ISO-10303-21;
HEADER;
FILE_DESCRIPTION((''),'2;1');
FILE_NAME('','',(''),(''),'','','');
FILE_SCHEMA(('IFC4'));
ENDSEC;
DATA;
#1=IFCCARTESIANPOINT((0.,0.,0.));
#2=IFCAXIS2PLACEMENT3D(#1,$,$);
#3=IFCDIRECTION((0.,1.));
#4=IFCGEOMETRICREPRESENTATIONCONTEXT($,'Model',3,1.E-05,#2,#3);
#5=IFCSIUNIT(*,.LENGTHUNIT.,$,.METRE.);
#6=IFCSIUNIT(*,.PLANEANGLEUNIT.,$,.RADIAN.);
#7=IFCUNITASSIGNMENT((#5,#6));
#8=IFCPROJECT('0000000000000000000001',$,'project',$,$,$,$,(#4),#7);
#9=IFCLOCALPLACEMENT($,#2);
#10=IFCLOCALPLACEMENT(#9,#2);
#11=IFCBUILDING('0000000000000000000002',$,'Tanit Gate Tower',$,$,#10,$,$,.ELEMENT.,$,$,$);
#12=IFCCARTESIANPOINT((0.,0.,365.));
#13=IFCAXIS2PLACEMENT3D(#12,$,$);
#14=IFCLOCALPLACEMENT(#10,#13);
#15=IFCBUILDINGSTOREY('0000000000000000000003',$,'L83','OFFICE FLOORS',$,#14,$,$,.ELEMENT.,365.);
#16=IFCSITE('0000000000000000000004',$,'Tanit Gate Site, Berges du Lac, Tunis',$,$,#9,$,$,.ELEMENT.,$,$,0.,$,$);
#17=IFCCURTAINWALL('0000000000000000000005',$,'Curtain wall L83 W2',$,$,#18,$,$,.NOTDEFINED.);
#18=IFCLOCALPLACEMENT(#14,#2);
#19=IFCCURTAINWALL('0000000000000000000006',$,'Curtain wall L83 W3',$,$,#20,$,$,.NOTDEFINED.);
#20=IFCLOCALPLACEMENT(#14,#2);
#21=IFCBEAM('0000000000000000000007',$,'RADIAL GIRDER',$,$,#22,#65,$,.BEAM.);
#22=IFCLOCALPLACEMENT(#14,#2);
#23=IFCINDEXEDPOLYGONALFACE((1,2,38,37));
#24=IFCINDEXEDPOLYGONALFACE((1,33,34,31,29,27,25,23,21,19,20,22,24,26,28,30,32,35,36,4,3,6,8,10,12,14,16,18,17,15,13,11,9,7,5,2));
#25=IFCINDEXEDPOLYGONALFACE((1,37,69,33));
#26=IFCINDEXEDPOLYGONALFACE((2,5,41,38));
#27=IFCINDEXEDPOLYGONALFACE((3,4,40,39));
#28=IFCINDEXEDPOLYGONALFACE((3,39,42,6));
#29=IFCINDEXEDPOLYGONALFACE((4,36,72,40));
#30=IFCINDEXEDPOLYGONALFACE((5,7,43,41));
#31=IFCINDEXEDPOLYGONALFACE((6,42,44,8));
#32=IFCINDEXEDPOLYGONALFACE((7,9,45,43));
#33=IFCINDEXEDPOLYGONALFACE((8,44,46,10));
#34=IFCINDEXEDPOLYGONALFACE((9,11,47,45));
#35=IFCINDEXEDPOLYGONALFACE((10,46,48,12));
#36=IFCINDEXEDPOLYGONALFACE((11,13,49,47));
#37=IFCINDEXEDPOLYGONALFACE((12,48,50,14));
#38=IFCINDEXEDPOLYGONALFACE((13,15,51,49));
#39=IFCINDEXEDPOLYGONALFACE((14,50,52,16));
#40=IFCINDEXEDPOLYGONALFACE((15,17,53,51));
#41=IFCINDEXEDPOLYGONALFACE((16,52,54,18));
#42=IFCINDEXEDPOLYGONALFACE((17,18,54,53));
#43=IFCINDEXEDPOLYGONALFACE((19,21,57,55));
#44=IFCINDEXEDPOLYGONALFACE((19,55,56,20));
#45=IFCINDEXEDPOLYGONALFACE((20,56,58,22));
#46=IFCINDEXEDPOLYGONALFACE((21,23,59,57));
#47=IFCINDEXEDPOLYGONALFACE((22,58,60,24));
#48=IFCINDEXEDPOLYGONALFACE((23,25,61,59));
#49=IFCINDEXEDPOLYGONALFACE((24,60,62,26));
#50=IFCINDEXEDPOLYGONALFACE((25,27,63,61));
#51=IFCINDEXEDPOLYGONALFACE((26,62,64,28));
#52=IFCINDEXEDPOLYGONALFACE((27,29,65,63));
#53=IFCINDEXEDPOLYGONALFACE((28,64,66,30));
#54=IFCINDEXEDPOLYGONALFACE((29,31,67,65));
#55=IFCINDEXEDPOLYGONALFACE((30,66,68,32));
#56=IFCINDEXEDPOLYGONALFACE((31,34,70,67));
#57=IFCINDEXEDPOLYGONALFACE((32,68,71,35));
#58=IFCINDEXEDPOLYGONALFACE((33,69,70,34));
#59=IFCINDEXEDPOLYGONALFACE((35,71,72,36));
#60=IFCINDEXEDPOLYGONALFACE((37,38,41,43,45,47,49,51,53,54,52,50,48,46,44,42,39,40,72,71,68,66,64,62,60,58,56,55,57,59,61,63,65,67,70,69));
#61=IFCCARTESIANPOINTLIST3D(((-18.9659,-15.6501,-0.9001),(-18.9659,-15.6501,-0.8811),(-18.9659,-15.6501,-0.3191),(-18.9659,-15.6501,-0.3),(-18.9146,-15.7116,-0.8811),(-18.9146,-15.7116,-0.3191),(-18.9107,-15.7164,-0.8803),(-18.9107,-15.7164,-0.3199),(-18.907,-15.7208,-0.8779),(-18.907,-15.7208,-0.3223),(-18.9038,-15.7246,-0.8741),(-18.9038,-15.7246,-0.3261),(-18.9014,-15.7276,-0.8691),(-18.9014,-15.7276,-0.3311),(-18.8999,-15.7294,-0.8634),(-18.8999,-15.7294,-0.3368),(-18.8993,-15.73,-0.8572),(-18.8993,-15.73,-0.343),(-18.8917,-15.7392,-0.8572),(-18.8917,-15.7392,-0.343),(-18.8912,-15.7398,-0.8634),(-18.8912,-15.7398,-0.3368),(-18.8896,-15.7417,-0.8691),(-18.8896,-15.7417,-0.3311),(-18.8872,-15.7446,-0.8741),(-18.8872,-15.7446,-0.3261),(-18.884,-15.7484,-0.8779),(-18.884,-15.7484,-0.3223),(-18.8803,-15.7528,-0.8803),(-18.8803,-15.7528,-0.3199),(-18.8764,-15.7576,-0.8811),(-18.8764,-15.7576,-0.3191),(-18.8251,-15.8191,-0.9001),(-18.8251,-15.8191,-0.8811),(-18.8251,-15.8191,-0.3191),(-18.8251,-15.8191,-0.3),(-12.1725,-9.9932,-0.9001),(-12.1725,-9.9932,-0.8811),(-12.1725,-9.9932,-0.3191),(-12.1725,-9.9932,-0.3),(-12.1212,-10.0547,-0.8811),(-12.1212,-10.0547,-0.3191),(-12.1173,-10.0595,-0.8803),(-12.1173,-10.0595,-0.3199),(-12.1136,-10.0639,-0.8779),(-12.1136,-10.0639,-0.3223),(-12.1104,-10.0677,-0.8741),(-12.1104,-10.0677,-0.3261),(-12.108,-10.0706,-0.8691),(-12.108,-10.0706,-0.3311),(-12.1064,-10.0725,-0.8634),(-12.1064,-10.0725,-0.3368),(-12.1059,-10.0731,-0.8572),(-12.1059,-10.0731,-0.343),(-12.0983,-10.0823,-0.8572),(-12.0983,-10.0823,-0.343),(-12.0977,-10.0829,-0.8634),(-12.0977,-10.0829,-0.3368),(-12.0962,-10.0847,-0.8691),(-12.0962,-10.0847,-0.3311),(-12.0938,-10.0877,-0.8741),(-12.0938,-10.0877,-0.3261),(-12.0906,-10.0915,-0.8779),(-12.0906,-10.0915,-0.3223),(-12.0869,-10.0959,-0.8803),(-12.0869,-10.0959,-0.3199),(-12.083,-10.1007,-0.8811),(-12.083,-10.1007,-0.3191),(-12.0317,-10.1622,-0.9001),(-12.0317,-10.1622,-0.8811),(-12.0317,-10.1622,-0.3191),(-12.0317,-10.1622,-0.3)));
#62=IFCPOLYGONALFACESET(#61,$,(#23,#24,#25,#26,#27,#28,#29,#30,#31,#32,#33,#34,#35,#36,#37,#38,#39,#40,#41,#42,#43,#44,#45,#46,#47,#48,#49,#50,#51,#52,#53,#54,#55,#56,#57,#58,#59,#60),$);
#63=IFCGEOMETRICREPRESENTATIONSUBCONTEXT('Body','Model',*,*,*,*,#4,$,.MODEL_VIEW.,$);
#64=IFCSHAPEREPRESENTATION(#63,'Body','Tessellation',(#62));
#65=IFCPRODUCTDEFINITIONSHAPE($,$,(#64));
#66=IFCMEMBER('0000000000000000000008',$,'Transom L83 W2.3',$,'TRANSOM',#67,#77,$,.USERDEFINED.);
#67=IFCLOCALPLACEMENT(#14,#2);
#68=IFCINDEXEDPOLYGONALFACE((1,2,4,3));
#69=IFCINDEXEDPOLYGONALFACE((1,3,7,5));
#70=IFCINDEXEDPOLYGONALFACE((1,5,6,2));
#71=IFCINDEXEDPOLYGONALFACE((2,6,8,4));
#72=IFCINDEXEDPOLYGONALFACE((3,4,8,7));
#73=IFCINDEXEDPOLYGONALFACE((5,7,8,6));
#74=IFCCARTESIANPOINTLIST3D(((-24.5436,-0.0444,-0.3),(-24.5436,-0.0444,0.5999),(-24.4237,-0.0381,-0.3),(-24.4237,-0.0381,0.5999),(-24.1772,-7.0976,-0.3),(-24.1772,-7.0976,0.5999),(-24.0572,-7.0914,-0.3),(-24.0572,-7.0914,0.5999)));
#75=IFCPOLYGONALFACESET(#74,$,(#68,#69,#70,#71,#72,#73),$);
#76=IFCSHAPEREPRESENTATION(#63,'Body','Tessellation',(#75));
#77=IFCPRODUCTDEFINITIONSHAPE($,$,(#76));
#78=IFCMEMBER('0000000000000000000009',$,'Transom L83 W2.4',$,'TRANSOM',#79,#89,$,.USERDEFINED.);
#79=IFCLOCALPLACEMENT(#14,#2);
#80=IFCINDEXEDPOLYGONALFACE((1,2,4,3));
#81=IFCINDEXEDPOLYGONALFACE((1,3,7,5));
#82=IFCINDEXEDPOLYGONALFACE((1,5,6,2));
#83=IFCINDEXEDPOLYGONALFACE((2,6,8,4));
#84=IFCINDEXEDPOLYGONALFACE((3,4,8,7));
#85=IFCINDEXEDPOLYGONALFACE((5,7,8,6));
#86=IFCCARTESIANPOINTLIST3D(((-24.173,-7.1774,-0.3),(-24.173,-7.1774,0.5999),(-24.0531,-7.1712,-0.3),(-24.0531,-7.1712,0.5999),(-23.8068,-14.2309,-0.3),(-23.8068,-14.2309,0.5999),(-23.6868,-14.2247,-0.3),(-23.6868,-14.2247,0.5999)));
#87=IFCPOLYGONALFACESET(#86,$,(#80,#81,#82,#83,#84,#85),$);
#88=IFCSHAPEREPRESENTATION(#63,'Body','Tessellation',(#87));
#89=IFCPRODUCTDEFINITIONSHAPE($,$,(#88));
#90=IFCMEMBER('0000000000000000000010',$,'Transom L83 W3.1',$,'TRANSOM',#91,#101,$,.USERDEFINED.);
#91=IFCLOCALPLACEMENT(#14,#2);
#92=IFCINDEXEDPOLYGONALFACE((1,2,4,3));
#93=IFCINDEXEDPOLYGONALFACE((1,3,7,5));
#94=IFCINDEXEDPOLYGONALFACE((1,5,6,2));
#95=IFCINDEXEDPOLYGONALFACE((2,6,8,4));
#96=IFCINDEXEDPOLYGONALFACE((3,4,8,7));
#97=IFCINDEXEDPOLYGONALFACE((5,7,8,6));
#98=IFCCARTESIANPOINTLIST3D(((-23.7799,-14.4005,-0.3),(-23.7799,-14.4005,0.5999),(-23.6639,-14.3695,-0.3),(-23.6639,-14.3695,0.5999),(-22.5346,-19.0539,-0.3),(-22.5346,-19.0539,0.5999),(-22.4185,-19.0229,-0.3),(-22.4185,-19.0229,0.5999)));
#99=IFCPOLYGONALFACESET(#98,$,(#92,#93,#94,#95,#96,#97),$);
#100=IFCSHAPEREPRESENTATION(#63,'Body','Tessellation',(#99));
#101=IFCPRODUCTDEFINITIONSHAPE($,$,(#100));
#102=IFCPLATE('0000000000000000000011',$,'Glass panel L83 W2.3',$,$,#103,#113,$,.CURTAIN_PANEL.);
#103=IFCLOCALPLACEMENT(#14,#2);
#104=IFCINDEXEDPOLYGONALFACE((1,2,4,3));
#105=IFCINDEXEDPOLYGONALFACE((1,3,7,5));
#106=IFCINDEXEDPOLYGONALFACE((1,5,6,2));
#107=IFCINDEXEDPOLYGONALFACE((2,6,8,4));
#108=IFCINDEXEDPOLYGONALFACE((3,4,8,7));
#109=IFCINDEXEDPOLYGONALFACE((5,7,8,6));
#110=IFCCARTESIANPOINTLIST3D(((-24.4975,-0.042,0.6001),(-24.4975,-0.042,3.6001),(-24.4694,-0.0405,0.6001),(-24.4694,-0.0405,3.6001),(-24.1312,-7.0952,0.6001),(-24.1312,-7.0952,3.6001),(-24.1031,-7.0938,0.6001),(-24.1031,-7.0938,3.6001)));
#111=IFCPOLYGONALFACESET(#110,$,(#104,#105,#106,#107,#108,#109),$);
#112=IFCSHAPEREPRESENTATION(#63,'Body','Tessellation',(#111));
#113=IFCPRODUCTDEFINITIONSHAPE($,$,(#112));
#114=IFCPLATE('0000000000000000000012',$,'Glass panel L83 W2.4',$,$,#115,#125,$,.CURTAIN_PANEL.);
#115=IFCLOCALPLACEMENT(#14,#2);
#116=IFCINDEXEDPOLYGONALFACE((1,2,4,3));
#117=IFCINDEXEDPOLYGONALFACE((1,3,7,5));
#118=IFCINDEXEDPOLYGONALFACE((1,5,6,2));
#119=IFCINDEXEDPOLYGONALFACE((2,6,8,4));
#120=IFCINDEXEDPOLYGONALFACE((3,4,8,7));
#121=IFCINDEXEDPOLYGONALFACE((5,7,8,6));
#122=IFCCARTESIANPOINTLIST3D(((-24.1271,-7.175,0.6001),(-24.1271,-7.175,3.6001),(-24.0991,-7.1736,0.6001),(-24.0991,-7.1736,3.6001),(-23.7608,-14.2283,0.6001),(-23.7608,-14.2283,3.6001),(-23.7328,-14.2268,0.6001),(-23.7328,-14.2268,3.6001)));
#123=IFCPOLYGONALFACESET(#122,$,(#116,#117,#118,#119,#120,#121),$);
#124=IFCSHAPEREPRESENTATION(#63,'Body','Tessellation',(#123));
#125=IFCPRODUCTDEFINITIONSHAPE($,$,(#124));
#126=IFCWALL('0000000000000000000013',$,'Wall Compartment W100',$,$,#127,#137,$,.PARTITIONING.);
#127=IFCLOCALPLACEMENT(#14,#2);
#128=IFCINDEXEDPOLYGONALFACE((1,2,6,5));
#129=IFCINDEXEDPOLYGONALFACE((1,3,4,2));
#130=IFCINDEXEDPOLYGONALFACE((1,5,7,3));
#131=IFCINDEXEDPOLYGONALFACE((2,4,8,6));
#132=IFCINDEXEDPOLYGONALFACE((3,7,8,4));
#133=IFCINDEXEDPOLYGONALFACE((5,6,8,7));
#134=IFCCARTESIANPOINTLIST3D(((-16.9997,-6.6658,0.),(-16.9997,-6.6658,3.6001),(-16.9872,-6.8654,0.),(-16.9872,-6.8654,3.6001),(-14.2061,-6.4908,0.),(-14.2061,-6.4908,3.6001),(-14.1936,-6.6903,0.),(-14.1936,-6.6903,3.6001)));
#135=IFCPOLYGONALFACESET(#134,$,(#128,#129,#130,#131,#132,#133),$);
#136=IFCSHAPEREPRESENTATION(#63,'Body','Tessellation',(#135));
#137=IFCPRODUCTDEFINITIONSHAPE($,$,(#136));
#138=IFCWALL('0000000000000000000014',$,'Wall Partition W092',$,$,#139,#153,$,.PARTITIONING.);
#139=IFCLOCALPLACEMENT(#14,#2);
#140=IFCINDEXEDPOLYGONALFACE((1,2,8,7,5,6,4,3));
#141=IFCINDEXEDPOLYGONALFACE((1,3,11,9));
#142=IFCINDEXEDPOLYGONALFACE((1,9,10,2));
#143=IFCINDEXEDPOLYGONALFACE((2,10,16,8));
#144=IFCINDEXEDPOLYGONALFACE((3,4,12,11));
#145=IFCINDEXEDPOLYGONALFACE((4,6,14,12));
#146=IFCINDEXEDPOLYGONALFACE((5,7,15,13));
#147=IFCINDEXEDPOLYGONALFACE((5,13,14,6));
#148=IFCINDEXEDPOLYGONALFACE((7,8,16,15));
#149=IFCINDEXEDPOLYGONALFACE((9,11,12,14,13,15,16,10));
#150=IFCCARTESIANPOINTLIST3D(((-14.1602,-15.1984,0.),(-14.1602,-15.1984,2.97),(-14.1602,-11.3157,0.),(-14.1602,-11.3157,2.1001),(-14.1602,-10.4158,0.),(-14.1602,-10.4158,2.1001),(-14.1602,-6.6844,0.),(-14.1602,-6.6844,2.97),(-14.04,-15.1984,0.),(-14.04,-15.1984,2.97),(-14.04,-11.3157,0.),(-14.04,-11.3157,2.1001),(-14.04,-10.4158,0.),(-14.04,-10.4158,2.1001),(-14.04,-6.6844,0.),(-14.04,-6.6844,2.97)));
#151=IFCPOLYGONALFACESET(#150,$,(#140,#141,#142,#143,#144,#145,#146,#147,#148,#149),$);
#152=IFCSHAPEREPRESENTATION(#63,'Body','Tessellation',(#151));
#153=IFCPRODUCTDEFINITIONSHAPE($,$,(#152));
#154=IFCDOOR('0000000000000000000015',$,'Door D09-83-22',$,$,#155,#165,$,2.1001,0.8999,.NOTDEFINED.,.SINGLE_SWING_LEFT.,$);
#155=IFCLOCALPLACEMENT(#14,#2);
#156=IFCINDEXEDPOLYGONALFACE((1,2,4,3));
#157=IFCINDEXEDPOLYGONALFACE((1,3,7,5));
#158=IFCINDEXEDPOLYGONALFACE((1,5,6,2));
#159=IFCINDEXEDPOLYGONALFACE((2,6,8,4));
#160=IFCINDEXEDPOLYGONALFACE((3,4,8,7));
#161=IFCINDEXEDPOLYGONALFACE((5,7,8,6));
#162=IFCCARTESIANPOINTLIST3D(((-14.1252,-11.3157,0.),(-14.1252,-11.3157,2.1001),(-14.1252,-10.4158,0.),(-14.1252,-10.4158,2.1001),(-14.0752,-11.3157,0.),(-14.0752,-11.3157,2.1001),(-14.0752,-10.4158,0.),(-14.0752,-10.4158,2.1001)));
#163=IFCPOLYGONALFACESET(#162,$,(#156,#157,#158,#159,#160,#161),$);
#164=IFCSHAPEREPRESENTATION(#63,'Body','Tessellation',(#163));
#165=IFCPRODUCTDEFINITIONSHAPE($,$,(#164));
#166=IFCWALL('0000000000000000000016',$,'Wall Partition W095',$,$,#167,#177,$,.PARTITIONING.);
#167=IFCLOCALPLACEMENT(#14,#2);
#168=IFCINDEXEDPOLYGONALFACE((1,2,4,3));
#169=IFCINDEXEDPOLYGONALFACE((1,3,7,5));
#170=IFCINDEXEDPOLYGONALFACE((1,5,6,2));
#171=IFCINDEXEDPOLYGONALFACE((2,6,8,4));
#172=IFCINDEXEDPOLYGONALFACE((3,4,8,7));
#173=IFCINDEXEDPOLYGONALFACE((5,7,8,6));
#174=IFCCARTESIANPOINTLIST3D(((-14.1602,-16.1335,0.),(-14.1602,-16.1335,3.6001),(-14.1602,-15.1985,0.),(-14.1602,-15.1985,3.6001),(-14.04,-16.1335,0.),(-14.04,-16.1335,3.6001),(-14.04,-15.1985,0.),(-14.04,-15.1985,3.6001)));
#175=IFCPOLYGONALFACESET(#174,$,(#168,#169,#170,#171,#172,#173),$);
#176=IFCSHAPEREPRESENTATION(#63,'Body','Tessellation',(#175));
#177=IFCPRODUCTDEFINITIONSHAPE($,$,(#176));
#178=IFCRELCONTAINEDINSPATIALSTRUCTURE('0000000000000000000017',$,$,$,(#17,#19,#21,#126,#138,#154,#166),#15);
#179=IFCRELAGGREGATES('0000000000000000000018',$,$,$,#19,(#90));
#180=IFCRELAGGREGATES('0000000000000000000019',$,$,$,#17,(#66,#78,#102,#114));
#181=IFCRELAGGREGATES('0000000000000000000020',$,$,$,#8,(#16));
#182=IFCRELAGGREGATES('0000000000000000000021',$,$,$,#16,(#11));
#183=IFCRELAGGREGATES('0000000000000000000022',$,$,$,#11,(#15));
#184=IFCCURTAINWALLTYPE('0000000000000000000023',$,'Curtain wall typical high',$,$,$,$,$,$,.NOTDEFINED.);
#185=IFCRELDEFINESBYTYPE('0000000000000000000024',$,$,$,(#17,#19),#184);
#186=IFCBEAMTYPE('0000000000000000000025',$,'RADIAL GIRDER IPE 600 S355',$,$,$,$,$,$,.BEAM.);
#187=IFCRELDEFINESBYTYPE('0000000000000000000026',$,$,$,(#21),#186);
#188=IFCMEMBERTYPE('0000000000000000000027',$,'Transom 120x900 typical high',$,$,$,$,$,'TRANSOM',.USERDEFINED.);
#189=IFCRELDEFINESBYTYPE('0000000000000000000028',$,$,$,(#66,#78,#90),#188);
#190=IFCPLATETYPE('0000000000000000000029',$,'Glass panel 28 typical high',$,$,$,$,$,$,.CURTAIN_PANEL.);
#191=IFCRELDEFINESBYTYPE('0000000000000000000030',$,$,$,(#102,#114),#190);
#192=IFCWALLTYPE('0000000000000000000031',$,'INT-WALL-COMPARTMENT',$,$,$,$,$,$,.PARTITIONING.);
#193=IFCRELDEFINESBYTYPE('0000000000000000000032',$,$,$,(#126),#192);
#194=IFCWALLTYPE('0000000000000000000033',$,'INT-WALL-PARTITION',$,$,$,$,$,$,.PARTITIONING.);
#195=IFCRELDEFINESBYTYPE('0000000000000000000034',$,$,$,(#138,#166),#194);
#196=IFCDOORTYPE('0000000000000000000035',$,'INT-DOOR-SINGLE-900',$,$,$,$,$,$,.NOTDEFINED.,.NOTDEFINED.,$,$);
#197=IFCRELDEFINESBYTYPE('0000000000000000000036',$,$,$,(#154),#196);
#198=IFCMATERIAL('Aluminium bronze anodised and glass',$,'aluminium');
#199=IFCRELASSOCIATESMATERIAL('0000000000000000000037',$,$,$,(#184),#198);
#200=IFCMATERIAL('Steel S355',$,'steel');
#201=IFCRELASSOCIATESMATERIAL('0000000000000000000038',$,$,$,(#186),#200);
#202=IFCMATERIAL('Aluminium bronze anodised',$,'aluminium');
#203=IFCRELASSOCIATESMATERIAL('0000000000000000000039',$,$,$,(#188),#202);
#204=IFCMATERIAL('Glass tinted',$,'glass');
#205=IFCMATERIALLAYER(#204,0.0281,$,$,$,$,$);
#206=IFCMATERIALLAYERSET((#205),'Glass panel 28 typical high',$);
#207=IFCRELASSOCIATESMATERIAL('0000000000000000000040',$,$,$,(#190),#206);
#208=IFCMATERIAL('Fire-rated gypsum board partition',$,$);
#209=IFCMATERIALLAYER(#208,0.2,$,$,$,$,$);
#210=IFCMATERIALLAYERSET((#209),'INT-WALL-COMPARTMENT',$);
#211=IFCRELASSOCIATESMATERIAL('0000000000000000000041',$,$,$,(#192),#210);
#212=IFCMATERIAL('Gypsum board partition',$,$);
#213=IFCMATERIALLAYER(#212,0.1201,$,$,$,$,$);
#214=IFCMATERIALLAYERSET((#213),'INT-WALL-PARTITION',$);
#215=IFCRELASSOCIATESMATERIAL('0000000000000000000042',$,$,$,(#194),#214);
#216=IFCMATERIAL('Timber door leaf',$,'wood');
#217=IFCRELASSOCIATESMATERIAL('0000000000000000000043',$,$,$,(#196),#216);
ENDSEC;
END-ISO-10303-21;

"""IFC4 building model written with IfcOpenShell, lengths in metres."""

from ifc_helpers import new_model, si_unit, direction, frame, frame_2d, origin, origin_2d, place, context, subcontext, project, spatial, rectangle, i_section, extrude, material, layer, layer_set, material_profile, profile_set, type_object, element, fill, aggregate, save


model = new_model("IFC4")

# Units and contexts
model_context = context("Model", 3, precision=1e-05, world=origin(), true_north=direction((0.0, 1.0)))
body_context = subcontext(model_context, "Body", "Model", "MODEL_VIEW")
ifc_project = project(units=[si_unit("LENGTHUNIT", "METRE"), si_unit("PLANEANGLEUNIT", "RADIAN")], contexts=[model_context])

# Site, building, storey
site_placement = place(None, origin())
site = spatial("IfcSite", under=ifc_project, at=site_placement, Name="Tanit Gate Site, Berges du Lac, Tunis", CompositionType="ELEMENT", RefElevation=0.0)
building_placement = place(site_placement, origin())
building = spatial("IfcBuilding", under=site, at=building_placement, Name="Tanit Gate Tower", CompositionType="ELEMENT")
storey_placement = place(building_placement, frame((0.0, 0.0, 365.0)))
storey = spatial("IfcBuildingStorey", under=building, at=storey_placement, Name="L83", Description="OFFICE FLOORS", CompositionType="ELEMENT", Elevation=365.0)

# Curtain wall
ifc_material_1 = material(Name="Aluminium bronze anodised and glass", Category="aluminium")
curtain_wall_type = type_object("IfcCurtainWallType", Name="Curtain wall typical high", PredefinedType="NOTDEFINED", material=ifc_material_1)
curtain_wall_1_placement = place(storey_placement, origin())
curtain_wall_1 = element("IfcCurtainWall", 1, at=curtain_wall_1_placement, inside=storey, type_object=curtain_wall_type, Name="Curtain wall L83 W2", PredefinedType="NOTDEFINED")

# Curtain wall
curtain_wall_2_placement = place(storey_placement, origin())
curtain_wall_2 = element("IfcCurtainWall", 2, at=curtain_wall_2_placement, inside=storey, type_object=curtain_wall_type, Name="Curtain wall L83 W3", PredefinedType="NOTDEFINED")

# Beam
ifc_material_2 = material(Name="Steel S355", Category="steel")
ifc_material_profile_1 = material_profile(ifc_material_2, i_section(OverallWidth=0.22, OverallDepth=0.6001, WebThickness=0.012, FlangeThickness=0.019, FilletRadius=0.0239, at=origin_2d()), Name="IPE 600")
ifc_profile_set_1 = profile_set([ifc_material_profile_1], Name="Steel S355")
beam_type_1 = type_object("IfcBeamType", Name="RADIAL GIRDER IPE 600 S355", PredefinedType="BEAM", material=ifc_profile_set_1)
beam_1_placement = place(storey_placement, frame((-18.8955, -15.7346, -0.6001), z_axis=(0.768457, 0.639902, 0.0), x_axis=(-0.639902, 0.768457, 0.0)))
element("IfcBeam", 3, at=beam_1_placement, inside=storey, type_object=beam_type_1, Name="RADIAL GIRDER", PredefinedType="BEAM", context=body_context, shape_type="SweptSolid", body=[
    extrude(i_section(OverallWidth=0.22, OverallDepth=0.6001, WebThickness=0.012, FlangeThickness=0.019, FilletRadius=0.0239, at=origin_2d()), origin(), (0.0, 0.0, 1.0), 8.8403),
])

# Members
ifc_material_3 = material(Name="Aluminium bronze anodised", Category="aluminium")
ifc_material_profile_2 = material_profile(ifc_material_3, rectangle(XDim=0.1201, YDim=0.8999, at=origin_2d()), Name="120x900 bronze transom")
ifc_profile_set_2 = profile_set([ifc_material_profile_2], Name="Aluminium bronze anodised")
member_type_1 = type_object("IfcMemberType", Name="Transom 120x900 typical high", ElementType="TRANSOM", PredefinedType="USERDEFINED", material=ifc_profile_set_2)
member_1_placement = place(storey_placement, frame((-24.4836, -0.0413, 0.1499), z_axis=(0.051886, -0.998653, 0.0), x_axis=(0.998653, 0.051886, 0.0)))
member_1 = element("IfcMember", 4, at=member_1_placement, type_object=member_type_1, Name="Transom L83 W2.3", ObjectType="TRANSOM", PredefinedType="USERDEFINED", context=body_context, shape_type="SweptSolid", body=[
    extrude(rectangle(XDim=0.1201, YDim=0.8999, at=origin_2d()), origin(), (0.0, 0.0, 1.0), 7.0627),
])
member_2_placement = place(storey_placement, frame((-24.113, -7.1743, 0.1499), z_axis=(0.051849, -0.998655, 0.0), x_axis=(0.998655, 0.051849, 0.0)))
member_2 = element("IfcMember", 5, at=member_2_placement, type_object=member_type_1, Name="Transom L83 W2.4", ObjectType="TRANSOM", PredefinedType="USERDEFINED", context=body_context, shape_type="SweptSolid", body=[
    extrude(rectangle(XDim=0.1201, YDim=0.8999, at=origin_2d()), origin(), (0.0, 0.0, 1.0), 7.063),
])
member_3_placement = place(storey_placement, frame((-23.7219, -14.385, 0.1499), z_axis=(0.25853, -0.966003, 0.0), x_axis=(0.966003, 0.25853, 0.0)))
member_3 = element("IfcMember", 6, at=member_3_placement, type_object=member_type_1, Name="Transom L83 W3.1", ObjectType="TRANSOM", PredefinedType="USERDEFINED", context=body_context, shape_type="SweptSolid", body=[
    extrude(rectangle(XDim=0.1201, YDim=0.8999, at=origin_2d()), origin(), (0.0, 0.0, 1.0), 4.8171),
])
aggregate(curtain_wall_2, [member_3])

# Plates
ifc_material_4 = material(Name="Glass tinted", Category="glass")
ifc_layer_1 = layer(ifc_material_4, 0.0281)
ifc_layer_set_1 = layer_set([ifc_layer_1], Name="Glass panel 28 typical high")
plate_type = type_object("IfcPlateType", Name="Glass panel 28 typical high", PredefinedType="CURTAIN_PANEL", material=ifc_layer_set_1)
plate_1_placement = place(storey_placement, frame((-24.3003, -3.5679, 0.6001), z_axis=(0.0, 0.0, 1.0), x_axis=(0.051865, -0.998654, 0.0)))
plate_1 = element("IfcPlate", 7, at=plate_1_placement, type_object=plate_type, Name="Glass panel L83 W2.3", PredefinedType="CURTAIN_PANEL", context=body_context, shape_type="SweptSolid", body=[
    extrude(rectangle(XDim=7.0627, YDim=0.0281, at=origin_2d()), origin(), (0.0, 0.0, 1.0), 3.0),
])
plate_2_placement = place(storey_placement, frame((-23.9299, -10.7009, 0.6001), z_axis=(0.0, 0.0, 1.0), x_axis=(0.051865, -0.998654, 0.0)))
plate_2 = element("IfcPlate", 8, at=plate_2_placement, type_object=plate_type, Name="Glass panel L83 W2.4", PredefinedType="CURTAIN_PANEL", context=body_context, shape_type="SweptSolid", body=[
    extrude(rectangle(XDim=7.0627, YDim=0.0281, at=origin_2d()), origin(), (0.0, 0.0, 1.0), 3.0),
])
aggregate(curtain_wall_1, [member_1, member_2, plate_1, plate_2])

# Wall
ifc_material_5 = material(Name="Fire-rated gypsum board partition")
ifc_layer_2 = layer(ifc_material_5, 0.2)
ifc_layer_set_2 = layer_set([ifc_layer_2], Name="INT-WALL-COMPARTMENT")
wall_type_1 = type_object("IfcWallType", Name="INT-WALL-COMPARTMENT", PredefinedType="PARTITIONING", material=ifc_layer_set_2)
wall_1_placement = place(storey_placement, frame((-14.2, -6.5906, 0.0), z_axis=(0.0, 0.0, 1.0), x_axis=(-0.998043, -0.062536, 0.0)))
element("IfcWall", 9, at=wall_1_placement, inside=storey, type_object=wall_type_1, Name="Wall Compartment W100", PredefinedType="PARTITIONING", context=body_context, shape_type="SweptSolid", body=[
    extrude(rectangle(XDim=2.7991, YDim=0.2, at=frame_2d((1.3994, 0.0))), origin(), (0.0, 0.0, 1.0), 3.6001),
])

# Wall, opening, door
ifc_material_6 = material(Name="Gypsum board partition")
ifc_layer_3 = layer(ifc_material_6, 0.1201)
ifc_layer_set_3 = layer_set([ifc_layer_3], Name="INT-WALL-PARTITION")
wall_type_2 = type_object("IfcWallType", Name="INT-WALL-PARTITION", PredefinedType="PARTITIONING", material=ifc_layer_set_3)
wall_2_placement = place(storey_placement, frame((-14.1001, -6.6846, 0.0), z_axis=(0.0, 0.0, 1.0), x_axis=(0.0, -1.0, 0.0)))
wall_2 = element("IfcWall", 10, at=wall_2_placement, inside=storey, type_object=wall_type_2, Name="Wall Partition W092", PredefinedType="PARTITIONING", context=body_context, shape_type="SweptSolid", body=[
    extrude(rectangle(XDim=8.5139, YDim=0.1201, at=frame_2d((4.2568, 0.0))), origin(), (0.0, 0.0, 1.0), 2.97),
])
opening_placement = place(wall_2_placement, frame((3.7312, 0.0, 0.0)))
opening = element("IfcOpeningElement", 11, at=opening_placement, cuts=wall_2, PredefinedType="OPENING", context=body_context, shape_type="SweptSolid", body=[
    extrude(rectangle(XDim=0.8999, YDim=2.1001, at=frame_2d((0.45, 1.05))), frame((0.0, 0.0701, 0.0), z_axis=(0.0, -1.0, 0.0), x_axis=(1.0, 0.0, 0.0)), (0.0, 0.0, 1.0), 0.1401),
])
ifc_material_7 = material(Name="Timber door leaf", Category="wood")
door_type = type_object("IfcDoorType", Name="INT-DOOR-SINGLE-900", OperationType="NOTDEFINED", PredefinedType="NOTDEFINED", material=ifc_material_7)
door_placement = place(opening_placement, origin())
door = element("IfcDoor", 12, at=door_placement, inside=storey, type_object=door_type, Name="Door D09-83-22", OperationType="SINGLE_SWING_LEFT", OverallHeight=2.1001, OverallWidth=0.8999, PredefinedType="NOTDEFINED", context=body_context, shape_type="SweptSolid", body=[
    extrude(rectangle(XDim=0.8999, YDim=2.1001, at=frame_2d((0.45, 1.05))), frame((0.0, 0.0249, 0.0), z_axis=(0.0, -1.0, 0.0), x_axis=(1.0, 0.0, 0.0)), (0.0, 0.0, 1.0), 0.05),
])
fill(opening, door)

# Wall
wall_3_placement = place(storey_placement, frame((-14.1001, -15.1985, 0.0), z_axis=(0.0, 0.0, 1.0), x_axis=(0.0, -1.0, 0.0)))
element("IfcWall", 13, at=wall_3_placement, inside=storey, type_object=wall_type_2, Name="Wall Partition W095", PredefinedType="PARTITIONING", context=body_context, shape_type="SweptSolid", body=[
    extrude(rectangle(XDim=0.9351, YDim=0.1201, at=frame_2d((0.4675, 0.0))), origin(), (0.0, 0.0, 1.0), 3.6001),
])

save(model, "model.ifc")
